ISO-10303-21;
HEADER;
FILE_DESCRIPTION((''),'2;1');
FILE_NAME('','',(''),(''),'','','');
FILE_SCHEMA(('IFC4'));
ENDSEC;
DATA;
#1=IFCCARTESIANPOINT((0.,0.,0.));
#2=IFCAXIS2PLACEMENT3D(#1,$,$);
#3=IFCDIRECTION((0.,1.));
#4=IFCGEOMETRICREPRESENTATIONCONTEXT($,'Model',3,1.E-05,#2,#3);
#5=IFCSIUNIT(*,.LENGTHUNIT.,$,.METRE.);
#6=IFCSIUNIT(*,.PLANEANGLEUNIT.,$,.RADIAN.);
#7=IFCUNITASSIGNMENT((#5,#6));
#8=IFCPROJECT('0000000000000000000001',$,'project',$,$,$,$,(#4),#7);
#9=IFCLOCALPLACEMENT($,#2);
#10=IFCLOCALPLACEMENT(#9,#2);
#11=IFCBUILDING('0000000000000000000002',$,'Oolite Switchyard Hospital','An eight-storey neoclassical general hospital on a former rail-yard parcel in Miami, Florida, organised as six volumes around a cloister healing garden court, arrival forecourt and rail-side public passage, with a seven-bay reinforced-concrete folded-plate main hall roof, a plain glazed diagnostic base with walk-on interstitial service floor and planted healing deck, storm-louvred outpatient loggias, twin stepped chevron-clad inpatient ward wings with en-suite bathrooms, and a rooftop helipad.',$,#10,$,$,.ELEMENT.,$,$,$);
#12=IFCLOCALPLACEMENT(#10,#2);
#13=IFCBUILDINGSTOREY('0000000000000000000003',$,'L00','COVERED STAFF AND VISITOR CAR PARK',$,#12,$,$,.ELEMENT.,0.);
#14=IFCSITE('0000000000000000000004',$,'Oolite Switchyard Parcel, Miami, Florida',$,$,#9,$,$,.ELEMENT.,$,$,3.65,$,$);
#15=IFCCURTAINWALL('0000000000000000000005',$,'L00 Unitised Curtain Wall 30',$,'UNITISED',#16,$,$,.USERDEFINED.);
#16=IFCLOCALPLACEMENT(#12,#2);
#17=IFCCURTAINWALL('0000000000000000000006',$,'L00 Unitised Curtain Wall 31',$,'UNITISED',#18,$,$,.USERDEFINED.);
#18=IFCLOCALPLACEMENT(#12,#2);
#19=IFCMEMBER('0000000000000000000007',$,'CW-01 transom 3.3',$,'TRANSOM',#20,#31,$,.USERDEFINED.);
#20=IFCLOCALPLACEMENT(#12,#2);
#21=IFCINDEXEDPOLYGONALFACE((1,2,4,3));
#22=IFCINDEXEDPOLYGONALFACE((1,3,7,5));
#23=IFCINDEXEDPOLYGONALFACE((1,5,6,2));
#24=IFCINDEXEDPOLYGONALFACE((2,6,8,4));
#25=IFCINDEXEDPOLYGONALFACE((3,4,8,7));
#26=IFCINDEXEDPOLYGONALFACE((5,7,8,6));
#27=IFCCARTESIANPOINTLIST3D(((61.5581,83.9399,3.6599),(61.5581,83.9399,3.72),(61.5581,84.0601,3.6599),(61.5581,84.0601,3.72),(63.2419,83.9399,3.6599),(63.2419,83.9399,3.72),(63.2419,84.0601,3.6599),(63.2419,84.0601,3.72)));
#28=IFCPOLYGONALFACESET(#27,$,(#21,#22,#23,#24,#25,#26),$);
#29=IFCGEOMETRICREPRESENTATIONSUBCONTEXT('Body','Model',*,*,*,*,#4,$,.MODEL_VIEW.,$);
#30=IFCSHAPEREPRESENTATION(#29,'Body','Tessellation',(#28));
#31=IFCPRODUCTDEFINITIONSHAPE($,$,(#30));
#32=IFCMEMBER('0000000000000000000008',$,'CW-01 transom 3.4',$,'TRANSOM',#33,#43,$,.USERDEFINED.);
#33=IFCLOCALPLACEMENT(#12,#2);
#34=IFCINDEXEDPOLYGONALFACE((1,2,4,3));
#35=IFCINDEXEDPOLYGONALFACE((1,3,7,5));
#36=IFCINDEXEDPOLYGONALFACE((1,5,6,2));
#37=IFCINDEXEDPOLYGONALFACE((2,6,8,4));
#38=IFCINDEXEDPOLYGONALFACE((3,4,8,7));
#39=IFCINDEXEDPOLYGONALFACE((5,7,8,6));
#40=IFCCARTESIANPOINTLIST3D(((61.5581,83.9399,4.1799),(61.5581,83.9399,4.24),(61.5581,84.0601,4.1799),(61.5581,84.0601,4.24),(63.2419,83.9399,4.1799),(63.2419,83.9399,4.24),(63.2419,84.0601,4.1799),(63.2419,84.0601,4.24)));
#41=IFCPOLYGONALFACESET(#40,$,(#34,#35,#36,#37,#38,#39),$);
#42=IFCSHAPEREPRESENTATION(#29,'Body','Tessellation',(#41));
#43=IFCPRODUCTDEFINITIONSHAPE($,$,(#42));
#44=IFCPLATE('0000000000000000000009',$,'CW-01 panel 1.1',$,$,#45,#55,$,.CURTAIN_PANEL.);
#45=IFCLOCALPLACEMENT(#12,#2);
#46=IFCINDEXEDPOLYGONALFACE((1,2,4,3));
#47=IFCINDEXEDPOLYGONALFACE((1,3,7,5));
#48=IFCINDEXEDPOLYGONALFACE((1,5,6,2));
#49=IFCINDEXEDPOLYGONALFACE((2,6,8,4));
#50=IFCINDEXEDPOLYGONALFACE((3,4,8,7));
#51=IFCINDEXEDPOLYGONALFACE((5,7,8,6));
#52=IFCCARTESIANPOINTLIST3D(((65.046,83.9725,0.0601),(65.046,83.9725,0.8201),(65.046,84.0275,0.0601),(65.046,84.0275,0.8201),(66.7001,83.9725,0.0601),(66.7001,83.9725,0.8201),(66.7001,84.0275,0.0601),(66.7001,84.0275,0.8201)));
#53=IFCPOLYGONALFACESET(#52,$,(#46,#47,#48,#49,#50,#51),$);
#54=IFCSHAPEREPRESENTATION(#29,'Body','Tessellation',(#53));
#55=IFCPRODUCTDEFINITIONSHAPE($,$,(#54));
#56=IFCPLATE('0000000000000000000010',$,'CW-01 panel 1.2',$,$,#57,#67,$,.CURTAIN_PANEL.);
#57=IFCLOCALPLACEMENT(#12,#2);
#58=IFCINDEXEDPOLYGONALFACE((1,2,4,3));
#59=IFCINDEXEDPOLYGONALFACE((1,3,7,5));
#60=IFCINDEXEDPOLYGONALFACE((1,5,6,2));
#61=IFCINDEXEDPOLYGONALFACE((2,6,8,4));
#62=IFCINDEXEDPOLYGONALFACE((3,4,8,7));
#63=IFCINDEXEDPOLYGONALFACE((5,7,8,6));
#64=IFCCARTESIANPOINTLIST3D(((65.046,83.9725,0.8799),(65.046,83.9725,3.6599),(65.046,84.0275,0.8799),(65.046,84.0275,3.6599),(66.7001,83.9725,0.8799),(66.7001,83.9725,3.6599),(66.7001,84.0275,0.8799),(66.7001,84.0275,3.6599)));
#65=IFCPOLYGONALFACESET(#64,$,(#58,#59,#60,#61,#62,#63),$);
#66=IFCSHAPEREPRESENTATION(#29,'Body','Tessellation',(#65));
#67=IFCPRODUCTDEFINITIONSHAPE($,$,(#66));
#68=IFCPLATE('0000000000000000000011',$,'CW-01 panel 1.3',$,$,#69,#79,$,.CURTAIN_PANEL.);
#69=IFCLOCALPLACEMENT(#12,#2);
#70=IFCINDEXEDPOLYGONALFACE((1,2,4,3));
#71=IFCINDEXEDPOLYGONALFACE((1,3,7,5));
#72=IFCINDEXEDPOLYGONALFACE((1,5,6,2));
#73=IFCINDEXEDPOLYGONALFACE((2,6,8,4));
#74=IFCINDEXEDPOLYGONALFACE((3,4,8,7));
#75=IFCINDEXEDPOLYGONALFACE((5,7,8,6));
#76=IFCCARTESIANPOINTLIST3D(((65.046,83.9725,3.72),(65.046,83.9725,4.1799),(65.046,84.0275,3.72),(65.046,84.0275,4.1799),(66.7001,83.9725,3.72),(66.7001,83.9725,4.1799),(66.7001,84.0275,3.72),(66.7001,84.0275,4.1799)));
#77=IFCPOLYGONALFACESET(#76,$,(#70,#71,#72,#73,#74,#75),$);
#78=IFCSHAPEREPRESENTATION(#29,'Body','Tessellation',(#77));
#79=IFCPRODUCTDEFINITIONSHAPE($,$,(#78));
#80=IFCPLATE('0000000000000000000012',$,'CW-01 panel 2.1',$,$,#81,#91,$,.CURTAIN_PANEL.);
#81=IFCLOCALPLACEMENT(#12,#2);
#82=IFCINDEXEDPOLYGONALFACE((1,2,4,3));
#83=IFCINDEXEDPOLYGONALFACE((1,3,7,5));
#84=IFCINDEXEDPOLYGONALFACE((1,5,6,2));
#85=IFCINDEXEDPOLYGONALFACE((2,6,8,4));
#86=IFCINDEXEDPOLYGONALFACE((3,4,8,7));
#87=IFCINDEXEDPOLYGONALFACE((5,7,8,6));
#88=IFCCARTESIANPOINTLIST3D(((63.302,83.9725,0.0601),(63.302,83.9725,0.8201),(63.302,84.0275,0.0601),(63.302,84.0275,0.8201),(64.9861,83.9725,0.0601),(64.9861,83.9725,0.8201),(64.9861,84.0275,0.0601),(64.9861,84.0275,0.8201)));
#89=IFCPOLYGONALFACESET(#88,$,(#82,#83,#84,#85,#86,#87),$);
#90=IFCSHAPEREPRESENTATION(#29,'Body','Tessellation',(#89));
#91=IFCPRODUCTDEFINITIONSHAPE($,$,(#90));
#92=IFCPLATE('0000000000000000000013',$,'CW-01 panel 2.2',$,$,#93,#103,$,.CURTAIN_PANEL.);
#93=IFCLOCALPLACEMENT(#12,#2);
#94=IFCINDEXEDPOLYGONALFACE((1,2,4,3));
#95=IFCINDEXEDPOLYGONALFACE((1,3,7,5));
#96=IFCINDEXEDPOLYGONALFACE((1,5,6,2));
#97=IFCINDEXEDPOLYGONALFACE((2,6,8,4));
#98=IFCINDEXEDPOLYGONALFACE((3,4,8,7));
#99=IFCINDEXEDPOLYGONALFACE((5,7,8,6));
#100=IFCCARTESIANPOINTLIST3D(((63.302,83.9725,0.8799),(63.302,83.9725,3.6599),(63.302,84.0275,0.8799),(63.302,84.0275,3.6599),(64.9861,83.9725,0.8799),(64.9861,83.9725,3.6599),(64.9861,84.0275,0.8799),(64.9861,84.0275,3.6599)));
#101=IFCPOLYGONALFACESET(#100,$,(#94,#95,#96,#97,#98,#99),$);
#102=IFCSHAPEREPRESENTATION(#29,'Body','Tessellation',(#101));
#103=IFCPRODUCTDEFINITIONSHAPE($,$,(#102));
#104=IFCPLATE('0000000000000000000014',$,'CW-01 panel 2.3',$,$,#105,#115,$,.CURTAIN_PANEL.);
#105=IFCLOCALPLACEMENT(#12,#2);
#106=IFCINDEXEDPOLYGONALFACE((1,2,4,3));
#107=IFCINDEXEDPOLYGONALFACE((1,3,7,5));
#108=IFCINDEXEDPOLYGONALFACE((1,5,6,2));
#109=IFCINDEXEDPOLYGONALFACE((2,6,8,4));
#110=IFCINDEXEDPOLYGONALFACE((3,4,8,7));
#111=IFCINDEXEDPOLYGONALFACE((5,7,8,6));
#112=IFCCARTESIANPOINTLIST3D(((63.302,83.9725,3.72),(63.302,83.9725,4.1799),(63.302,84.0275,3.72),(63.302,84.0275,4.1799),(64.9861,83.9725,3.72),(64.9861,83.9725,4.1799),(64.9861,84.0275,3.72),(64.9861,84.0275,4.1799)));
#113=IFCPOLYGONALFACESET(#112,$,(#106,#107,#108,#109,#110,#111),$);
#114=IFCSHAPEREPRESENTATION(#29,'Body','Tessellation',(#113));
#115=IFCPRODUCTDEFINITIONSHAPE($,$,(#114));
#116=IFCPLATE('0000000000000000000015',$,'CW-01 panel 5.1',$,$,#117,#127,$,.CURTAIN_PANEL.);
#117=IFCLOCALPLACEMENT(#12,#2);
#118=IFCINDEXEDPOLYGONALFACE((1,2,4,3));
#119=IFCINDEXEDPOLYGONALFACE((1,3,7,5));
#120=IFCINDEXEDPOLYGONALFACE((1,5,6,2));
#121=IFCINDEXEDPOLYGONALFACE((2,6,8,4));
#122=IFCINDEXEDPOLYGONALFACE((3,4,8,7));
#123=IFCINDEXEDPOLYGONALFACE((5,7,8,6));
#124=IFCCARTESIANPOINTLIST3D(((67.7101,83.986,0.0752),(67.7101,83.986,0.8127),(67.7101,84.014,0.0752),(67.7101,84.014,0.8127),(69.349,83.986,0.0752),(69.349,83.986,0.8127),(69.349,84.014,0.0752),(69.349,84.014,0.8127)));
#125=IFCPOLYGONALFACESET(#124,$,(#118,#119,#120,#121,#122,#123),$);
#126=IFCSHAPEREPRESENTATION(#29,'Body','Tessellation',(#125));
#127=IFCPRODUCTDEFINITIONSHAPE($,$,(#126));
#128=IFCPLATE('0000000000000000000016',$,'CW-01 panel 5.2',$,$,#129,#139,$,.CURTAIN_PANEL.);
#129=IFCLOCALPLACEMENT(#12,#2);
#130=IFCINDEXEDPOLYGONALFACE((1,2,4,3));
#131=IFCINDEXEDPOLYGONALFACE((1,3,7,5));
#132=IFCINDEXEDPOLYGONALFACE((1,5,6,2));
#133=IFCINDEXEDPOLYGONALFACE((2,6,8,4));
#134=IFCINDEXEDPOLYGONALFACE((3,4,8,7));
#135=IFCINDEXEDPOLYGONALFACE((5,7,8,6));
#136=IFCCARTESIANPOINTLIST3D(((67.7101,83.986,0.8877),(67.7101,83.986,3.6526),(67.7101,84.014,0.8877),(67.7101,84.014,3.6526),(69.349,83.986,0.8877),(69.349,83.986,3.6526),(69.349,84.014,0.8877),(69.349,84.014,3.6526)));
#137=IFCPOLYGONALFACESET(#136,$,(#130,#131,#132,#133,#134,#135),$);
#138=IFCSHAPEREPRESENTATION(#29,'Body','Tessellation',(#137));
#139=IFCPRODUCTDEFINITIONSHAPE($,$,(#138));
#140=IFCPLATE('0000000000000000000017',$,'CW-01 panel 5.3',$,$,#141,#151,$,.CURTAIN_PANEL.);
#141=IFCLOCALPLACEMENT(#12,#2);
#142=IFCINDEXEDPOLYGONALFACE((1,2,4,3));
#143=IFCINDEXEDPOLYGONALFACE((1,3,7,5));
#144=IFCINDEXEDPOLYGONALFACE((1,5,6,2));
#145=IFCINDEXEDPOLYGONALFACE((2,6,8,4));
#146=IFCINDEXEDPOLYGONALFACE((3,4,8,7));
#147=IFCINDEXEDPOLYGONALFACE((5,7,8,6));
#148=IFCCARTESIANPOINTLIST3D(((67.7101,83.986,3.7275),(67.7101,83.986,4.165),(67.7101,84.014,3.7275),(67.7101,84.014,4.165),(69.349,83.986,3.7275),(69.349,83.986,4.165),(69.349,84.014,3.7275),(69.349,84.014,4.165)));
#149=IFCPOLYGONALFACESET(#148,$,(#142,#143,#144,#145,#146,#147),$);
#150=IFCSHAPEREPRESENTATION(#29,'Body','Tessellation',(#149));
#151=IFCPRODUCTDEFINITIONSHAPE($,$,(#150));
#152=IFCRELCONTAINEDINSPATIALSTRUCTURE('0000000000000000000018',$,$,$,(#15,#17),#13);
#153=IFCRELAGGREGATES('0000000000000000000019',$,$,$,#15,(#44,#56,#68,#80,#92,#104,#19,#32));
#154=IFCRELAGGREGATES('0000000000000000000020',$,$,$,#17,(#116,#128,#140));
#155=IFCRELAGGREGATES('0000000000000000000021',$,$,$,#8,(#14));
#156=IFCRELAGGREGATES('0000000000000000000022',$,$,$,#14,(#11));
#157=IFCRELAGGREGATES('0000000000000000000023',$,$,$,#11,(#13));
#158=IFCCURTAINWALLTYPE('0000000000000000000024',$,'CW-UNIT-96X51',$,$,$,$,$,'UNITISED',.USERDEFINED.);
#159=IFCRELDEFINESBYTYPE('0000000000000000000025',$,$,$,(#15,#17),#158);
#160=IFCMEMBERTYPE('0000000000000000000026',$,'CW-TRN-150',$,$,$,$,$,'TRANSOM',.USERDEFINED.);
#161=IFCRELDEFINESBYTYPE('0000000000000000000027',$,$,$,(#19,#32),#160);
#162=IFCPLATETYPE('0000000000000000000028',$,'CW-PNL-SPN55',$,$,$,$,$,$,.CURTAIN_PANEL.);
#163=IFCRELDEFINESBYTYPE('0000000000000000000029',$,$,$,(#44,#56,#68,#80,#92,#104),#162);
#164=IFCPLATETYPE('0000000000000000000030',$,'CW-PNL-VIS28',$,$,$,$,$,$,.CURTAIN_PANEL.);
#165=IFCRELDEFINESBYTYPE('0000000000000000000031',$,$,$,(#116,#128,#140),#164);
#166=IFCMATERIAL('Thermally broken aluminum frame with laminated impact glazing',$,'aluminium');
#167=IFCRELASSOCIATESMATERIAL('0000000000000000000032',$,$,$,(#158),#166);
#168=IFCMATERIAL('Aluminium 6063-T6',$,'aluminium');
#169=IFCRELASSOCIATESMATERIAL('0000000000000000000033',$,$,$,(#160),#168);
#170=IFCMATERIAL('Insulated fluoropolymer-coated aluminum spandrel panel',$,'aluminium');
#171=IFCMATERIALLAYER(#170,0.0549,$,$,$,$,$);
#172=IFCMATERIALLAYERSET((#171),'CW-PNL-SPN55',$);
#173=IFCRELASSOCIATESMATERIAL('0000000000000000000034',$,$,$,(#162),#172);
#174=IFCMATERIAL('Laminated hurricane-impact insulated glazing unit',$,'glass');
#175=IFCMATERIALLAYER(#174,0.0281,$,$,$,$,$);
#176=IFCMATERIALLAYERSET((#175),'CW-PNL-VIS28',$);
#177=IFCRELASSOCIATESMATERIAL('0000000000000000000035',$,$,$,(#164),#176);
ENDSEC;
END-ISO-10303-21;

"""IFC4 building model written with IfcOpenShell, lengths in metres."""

from ifc_helpers import new_model, si_unit, direction, frame, origin, origin_2d, place, context, subcontext, project, spatial, rectangle, extrude, material, layer, layer_set, material_profile, profile_set, type_object, element, aggregate, save


model = new_model("IFC4")

# Units and contexts
model_context = context("Model", 3, precision=1e-05, world=origin(), true_north=direction((0.0, 1.0)))
body_context = subcontext(model_context, "Body", "Model", "MODEL_VIEW")
ifc_project = project(units=[si_unit("LENGTHUNIT", "METRE"), si_unit("PLANEANGLEUNIT", "RADIAN")], contexts=[model_context])

# Site, building, storey
site_placement = place(None, origin())
site = spatial("IfcSite", under=ifc_project, at=site_placement, Name="Oolite Switchyard Parcel, Miami, Florida", CompositionType="ELEMENT", RefElevation=3.65)
building_placement = place(site_placement, origin())
building = spatial("IfcBuilding", under=site, at=building_placement, Name="Oolite Switchyard Hospital", Description="An eight-storey neoclassical general hospital on a former rail-yard parcel in Miami, Florida, organised as six volumes around a cloister healing garden court, arrival forecourt and rail-side public passage, with a seven-bay reinforced-concrete folded-plate main hall roof, a plain glazed diagnostic base with walk-on interstitial service floor and planted healing deck, storm-louvred outpatient loggias, twin stepped chevron-clad inpatient ward wings with en-suite bathrooms, and a rooftop helipad.", CompositionType="ELEMENT")
storey_placement = place(building_placement, origin())
storey = spatial("IfcBuildingStorey", under=building, at=storey_placement, Name="L00", Description="COVERED STAFF AND VISITOR CAR PARK", CompositionType="ELEMENT", Elevation=0.0)

# Curtain wall
ifc_material_1 = material(Name="Thermally broken aluminum frame with laminated impact glazing", Category="aluminium")
curtain_wall_type = type_object("IfcCurtainWallType", Name="CW-UNIT-96X51", ElementType="UNITISED", PredefinedType="USERDEFINED", material=ifc_material_1)
curtain_wall_1_placement = place(storey_placement, origin())
curtain_wall_1 = element("IfcCurtainWall", 1, at=curtain_wall_1_placement, inside=storey, type_object=curtain_wall_type, Name="L00 Unitised Curtain Wall 30", ObjectType="UNITISED", PredefinedType="USERDEFINED")
ifc_material_2 = material(Name="Aluminium 6063-T6", Category="aluminium")

# Curtain wall
curtain_wall_2_placement = place(storey_placement, origin())
curtain_wall_2 = element("IfcCurtainWall", 2, at=curtain_wall_2_placement, inside=storey, type_object=curtain_wall_type, Name="L00 Unitised Curtain Wall 31", ObjectType="UNITISED", PredefinedType="USERDEFINED")

# Members
ifc_material_profile_1 = material_profile(ifc_material_2, rectangle(XDim=0.1201, YDim=0.0601, at=origin_2d()), Name="CWT60X120")
ifc_profile_set_1 = profile_set([ifc_material_profile_1], Name="Aluminium 6063-T6")
member_type_1 = type_object("IfcMemberType", Name="CW-TRN-150", ElementType="TRANSOM", PredefinedType="USERDEFINED", material=ifc_profile_set_1)
member_1_placement = place(storey_placement, frame((63.2419, 84.0, 3.6899), z_axis=(-1.0, 0.0, 0.0), x_axis=(0.0, -1.0, 0.0)))
member_1 = element("IfcMember", 3, at=member_1_placement, type_object=member_type_1, Name="CW-01 transom 3.3", ObjectType="TRANSOM", PredefinedType="USERDEFINED", context=body_context, shape_type="SweptSolid", body=[
    extrude(rectangle(XDim=0.1201, YDim=0.0601, at=origin_2d()), origin(), (0.0, 0.0, 1.0), 1.6838),
])
member_2_placement = place(storey_placement, frame((63.2419, 84.0, 4.21), z_axis=(-1.0, 0.0, 0.0), x_axis=(0.0, -1.0, 0.0)))
member_2 = element("IfcMember", 4, at=member_2_placement, type_object=member_type_1, Name="CW-01 transom 3.4", ObjectType="TRANSOM", PredefinedType="USERDEFINED", context=body_context, shape_type="SweptSolid", body=[
    extrude(rectangle(XDim=0.1201, YDim=0.0601, at=origin_2d()), origin(), (0.0, 0.0, 1.0), 1.6838),
])

# Plates
ifc_material_3 = material(Name="Insulated fluoropolymer-coated aluminum spandrel panel", Category="aluminium")
ifc_layer_1 = layer(ifc_material_3, 0.0549)
ifc_layer_set_1 = layer_set([ifc_layer_1], Name="CW-PNL-SPN55")
plate_type_1 = type_object("IfcPlateType", Name="CW-PNL-SPN55", PredefinedType="CURTAIN_PANEL", material=ifc_layer_set_1)
plate_1_placement = place(storey_placement, frame((65.873, 84.0, 0.0601), z_axis=(0.0, 0.0, 1.0), x_axis=(-1.0, 0.0, 0.0)))
plate_1 = element("IfcPlate", 5, at=plate_1_placement, type_object=plate_type_1, Name="CW-01 panel 1.1", PredefinedType="CURTAIN_PANEL", context=body_context, shape_type="SweptSolid", body=[
    extrude(rectangle(XDim=1.6541, YDim=0.0549, at=origin_2d()), origin(), (0.0, 0.0, 1.0), 0.76),
])
plate_2_placement = place(storey_placement, frame((65.873, 84.0, 0.8799), z_axis=(0.0, 0.0, 1.0), x_axis=(-1.0, 0.0, 0.0)))
plate_2 = element("IfcPlate", 6, at=plate_2_placement, type_object=plate_type_1, Name="CW-01 panel 1.2", PredefinedType="CURTAIN_PANEL", context=body_context, shape_type="SweptSolid", body=[
    extrude(rectangle(XDim=1.6541, YDim=0.0549, at=origin_2d()), origin(), (0.0, 0.0, 1.0), 2.78),
])
plate_3_placement = place(storey_placement, frame((65.873, 84.0, 3.72), z_axis=(0.0, 0.0, 1.0), x_axis=(-1.0, 0.0, 0.0)))
plate_3 = element("IfcPlate", 7, at=plate_3_placement, type_object=plate_type_1, Name="CW-01 panel 1.3", PredefinedType="CURTAIN_PANEL", context=body_context, shape_type="SweptSolid", body=[
    extrude(rectangle(XDim=1.6541, YDim=0.0549, at=origin_2d()), origin(), (0.0, 0.0, 1.0), 0.46),
])
plate_4_placement = place(storey_placement, frame((64.144, 84.0, 0.0601), z_axis=(0.0, 0.0, 1.0), x_axis=(-1.0, 0.0, 0.0)))
plate_4 = element("IfcPlate", 8, at=plate_4_placement, type_object=plate_type_1, Name="CW-01 panel 2.1", PredefinedType="CURTAIN_PANEL", context=body_context, shape_type="SweptSolid", body=[
    extrude(rectangle(XDim=1.6841, YDim=0.0549, at=origin_2d()), origin(), (0.0, 0.0, 1.0), 0.76),
])
plate_5_placement = place(storey_placement, frame((64.144, 84.0, 0.8799), z_axis=(0.0, 0.0, 1.0), x_axis=(-1.0, 0.0, 0.0)))
plate_5 = element("IfcPlate", 9, at=plate_5_placement, type_object=plate_type_1, Name="CW-01 panel 2.2", PredefinedType="CURTAIN_PANEL", context=body_context, shape_type="SweptSolid", body=[
    extrude(rectangle(XDim=1.6841, YDim=0.0549, at=origin_2d()), origin(), (0.0, 0.0, 1.0), 2.78),
])
plate_6_placement = place(storey_placement, frame((64.144, 84.0, 3.72), z_axis=(0.0, 0.0, 1.0), x_axis=(-1.0, 0.0, 0.0)))
plate_6 = element("IfcPlate", 10, at=plate_6_placement, type_object=plate_type_1, Name="CW-01 panel 2.3", PredefinedType="CURTAIN_PANEL", context=body_context, shape_type="SweptSolid", body=[
    extrude(rectangle(XDim=1.6841, YDim=0.0549, at=origin_2d()), origin(), (0.0, 0.0, 1.0), 0.46),
])
aggregate(curtain_wall_1, [plate_1, plate_2, plate_3, plate_4, plate_5, plate_6, member_1, member_2])
ifc_material_4 = material(Name="Laminated hurricane-impact insulated glazing unit", Category="glass")
ifc_layer_2 = layer(ifc_material_4, 0.0281)
ifc_layer_set_2 = layer_set([ifc_layer_2], Name="CW-PNL-VIS28")
plate_type_2 = type_object("IfcPlateType", Name="CW-PNL-VIS28", PredefinedType="CURTAIN_PANEL", material=ifc_layer_set_2)
plate_7_placement = place(storey_placement, frame((68.5295, 84.0, 0.0752), z_axis=(0.0, 0.0, 1.0), x_axis=(-1.0, 0.0, 0.0)))
plate_7 = element("IfcPlate", 11, at=plate_7_placement, type_object=plate_type_2, Name="CW-01 panel 5.1", PredefinedType="CURTAIN_PANEL", context=body_context, shape_type="SweptSolid", body=[
    extrude(rectangle(XDim=1.6389, YDim=0.0281, at=origin_2d()), origin(), (0.0, 0.0, 1.0), 0.7375),
])
plate_8_placement = place(storey_placement, frame((68.5295, 84.0, 0.8877), z_axis=(0.0, 0.0, 1.0), x_axis=(-1.0, 0.0, 0.0)))
plate_8 = element("IfcPlate", 12, at=plate_8_placement, type_object=plate_type_2, Name="CW-01 panel 5.2", PredefinedType="CURTAIN_PANEL", context=body_context, shape_type="SweptSolid", body=[
    extrude(rectangle(XDim=1.6389, YDim=0.0281, at=origin_2d()), origin(), (0.0, 0.0, 1.0), 2.7649),
])
plate_9_placement = place(storey_placement, frame((68.5295, 84.0, 3.7275), z_axis=(0.0, 0.0, 1.0), x_axis=(-1.0, 0.0, 0.0)))
plate_9 = element("IfcPlate", 13, at=plate_9_placement, type_object=plate_type_2, Name="CW-01 panel 5.3", PredefinedType="CURTAIN_PANEL", context=body_context, shape_type="SweptSolid", body=[
    extrude(rectangle(XDim=1.6389, YDim=0.0281, at=origin_2d()), origin(), (0.0, 0.0, 1.0), 0.4375),
])
aggregate(curtain_wall_2, [plate_7, plate_8, plate_9])

save(model, "model.ifc")
